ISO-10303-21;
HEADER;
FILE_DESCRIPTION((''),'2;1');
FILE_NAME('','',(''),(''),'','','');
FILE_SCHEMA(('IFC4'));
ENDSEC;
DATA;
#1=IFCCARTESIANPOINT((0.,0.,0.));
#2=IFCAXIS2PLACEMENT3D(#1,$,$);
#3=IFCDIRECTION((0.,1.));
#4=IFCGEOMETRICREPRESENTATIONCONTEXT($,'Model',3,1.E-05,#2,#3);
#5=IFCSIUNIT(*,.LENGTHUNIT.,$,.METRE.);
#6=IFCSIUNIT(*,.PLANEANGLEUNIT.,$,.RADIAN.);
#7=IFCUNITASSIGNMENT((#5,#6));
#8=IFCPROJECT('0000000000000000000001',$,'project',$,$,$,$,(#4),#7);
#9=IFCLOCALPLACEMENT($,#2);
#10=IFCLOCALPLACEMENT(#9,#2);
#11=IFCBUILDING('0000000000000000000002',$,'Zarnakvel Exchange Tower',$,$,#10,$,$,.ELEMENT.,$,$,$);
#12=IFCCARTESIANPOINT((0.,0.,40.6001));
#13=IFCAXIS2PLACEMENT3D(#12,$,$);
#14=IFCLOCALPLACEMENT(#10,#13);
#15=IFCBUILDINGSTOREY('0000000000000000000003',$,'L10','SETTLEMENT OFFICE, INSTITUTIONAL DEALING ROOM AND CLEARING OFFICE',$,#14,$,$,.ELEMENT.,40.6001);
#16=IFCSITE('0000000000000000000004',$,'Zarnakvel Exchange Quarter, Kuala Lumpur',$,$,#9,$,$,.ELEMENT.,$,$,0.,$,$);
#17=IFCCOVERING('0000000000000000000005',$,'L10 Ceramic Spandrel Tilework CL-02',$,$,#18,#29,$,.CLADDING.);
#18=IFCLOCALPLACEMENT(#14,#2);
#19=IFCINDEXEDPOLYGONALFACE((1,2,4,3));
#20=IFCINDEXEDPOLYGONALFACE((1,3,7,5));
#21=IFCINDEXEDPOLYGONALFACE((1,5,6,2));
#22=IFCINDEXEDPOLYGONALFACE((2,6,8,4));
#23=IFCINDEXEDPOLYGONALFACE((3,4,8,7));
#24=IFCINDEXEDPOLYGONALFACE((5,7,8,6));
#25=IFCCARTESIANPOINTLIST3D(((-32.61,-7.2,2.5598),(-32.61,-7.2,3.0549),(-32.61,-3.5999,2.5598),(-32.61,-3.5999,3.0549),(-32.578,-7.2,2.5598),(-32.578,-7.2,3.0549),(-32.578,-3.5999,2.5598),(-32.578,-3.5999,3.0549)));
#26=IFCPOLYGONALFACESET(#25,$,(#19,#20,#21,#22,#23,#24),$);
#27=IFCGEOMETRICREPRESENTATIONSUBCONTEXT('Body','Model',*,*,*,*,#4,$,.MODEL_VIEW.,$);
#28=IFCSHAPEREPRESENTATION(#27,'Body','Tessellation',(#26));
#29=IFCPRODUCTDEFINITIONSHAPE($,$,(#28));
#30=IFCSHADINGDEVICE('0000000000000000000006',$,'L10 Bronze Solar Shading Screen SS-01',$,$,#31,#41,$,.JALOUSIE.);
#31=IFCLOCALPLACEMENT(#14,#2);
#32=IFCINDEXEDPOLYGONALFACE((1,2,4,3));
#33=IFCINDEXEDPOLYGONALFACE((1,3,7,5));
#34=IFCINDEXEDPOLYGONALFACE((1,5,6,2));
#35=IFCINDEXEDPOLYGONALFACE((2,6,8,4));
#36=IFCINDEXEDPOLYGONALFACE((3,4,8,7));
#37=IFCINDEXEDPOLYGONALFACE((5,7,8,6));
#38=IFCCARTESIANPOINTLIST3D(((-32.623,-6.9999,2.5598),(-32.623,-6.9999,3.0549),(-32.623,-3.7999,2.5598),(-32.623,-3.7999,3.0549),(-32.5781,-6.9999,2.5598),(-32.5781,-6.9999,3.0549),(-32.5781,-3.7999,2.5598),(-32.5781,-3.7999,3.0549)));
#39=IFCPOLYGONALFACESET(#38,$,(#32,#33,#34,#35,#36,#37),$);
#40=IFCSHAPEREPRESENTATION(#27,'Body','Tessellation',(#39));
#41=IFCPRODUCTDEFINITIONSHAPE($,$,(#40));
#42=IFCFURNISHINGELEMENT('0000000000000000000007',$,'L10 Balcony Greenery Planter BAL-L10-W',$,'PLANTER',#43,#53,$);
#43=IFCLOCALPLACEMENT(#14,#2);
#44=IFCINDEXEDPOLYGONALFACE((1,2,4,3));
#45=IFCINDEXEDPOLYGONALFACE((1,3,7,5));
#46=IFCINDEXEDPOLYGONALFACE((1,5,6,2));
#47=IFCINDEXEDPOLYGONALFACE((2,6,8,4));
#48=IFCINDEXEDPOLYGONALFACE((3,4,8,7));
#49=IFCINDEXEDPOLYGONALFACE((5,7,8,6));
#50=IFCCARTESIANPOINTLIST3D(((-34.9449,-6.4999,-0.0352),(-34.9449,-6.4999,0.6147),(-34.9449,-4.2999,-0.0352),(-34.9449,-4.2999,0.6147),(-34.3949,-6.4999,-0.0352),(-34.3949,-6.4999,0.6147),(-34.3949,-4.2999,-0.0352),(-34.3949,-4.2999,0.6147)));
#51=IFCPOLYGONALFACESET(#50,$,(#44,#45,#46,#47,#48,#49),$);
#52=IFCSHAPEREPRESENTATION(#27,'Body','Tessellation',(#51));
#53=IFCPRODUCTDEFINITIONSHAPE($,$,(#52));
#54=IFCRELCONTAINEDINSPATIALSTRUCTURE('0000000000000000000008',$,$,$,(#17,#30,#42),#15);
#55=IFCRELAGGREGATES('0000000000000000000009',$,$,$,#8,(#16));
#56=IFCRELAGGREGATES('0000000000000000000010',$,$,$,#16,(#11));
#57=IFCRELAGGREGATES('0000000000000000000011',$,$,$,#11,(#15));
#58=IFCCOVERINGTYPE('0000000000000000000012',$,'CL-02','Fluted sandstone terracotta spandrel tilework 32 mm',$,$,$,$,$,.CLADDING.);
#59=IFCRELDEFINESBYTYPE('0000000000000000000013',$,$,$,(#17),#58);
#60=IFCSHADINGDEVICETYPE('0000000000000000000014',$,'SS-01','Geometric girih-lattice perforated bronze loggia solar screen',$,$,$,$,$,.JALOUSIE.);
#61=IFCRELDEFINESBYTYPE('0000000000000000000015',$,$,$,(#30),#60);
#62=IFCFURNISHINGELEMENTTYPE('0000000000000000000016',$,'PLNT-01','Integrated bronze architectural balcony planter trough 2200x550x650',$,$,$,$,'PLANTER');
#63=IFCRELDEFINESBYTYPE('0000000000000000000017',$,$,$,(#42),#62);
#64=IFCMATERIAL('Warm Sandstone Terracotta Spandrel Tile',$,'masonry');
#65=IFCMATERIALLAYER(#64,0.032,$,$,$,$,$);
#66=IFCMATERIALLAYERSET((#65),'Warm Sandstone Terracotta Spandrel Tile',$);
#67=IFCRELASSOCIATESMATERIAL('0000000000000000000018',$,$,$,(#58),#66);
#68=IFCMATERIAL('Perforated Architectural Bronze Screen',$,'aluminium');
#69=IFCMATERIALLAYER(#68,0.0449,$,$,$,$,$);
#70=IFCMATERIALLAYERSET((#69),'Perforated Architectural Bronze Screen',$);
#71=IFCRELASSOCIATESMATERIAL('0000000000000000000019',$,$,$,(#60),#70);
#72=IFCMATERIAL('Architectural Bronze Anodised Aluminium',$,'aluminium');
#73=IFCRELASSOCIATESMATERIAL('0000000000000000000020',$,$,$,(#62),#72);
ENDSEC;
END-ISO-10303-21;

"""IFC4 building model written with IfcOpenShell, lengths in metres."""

from ifc_helpers import new_model, si_unit, direction, frame, origin, origin_2d, place, context, subcontext, project, spatial, rectangle, extrude, source, transform, mapped, material, layer, layer_set, type_object, element, save


model = new_model("IFC4")

# Units and contexts
model_context = context("Model", 3, precision=1e-05, world=origin(), true_north=direction((0.0, 1.0)))
body_context = subcontext(model_context, "Body", "Model", "MODEL_VIEW")
ifc_project = project(units=[si_unit("LENGTHUNIT", "METRE"), si_unit("PLANEANGLEUNIT", "RADIAN")], contexts=[model_context])

# Site, building, storey
site_placement = place(None, origin())
site = spatial("IfcSite", under=ifc_project, at=site_placement, Name="Zarnakvel Exchange Quarter, Kuala Lumpur", CompositionType="ELEMENT", RefElevation=0.0)
building_placement = place(site_placement, origin())
building = spatial("IfcBuilding", under=site, at=building_placement, Name="Zarnakvel Exchange Tower", CompositionType="ELEMENT")
storey_placement = place(building_placement, frame((0.0, 0.0, 40.6001)))
storey = spatial("IfcBuildingStorey", under=building, at=storey_placement, Name="L10", Description="SETTLEMENT OFFICE, INSTITUTIONAL DEALING ROOM AND CLEARING OFFICE", CompositionType="ELEMENT", Elevation=40.6001)

# Shared definitions
ifc_material_1 = material(Name="Architectural Bronze Anodised Aluminium", Category="aluminium")

# Covering
ifc_material_2 = material(Name="Warm Sandstone Terracotta Spandrel Tile", Category="masonry")
ifc_layer_1 = layer(ifc_material_2, 0.032)
ifc_layer_set_1 = layer_set([ifc_layer_1], Name="Warm Sandstone Terracotta Spandrel Tile")
covering_type = type_object("IfcCoveringType", Name="CL-02", Description="Fluted sandstone terracotta spandrel tilework 32 mm", PredefinedType="CLADDING", material=ifc_layer_set_1)
shared_shape_1 = source(origin(), body_context, "Body", "SweptSolid", [
    extrude(rectangle(XDim=3.6001, YDim=0.032, at=origin_2d()), origin(), (0.0, 0.0, 1.0), 0.4951),
])
covering_placement = place(storey_placement, frame((-32.594, -5.3999, 2.5598), z_axis=(0.0, 0.0, 1.0), x_axis=(0.0, 1.0, 0.0)))
element("IfcCovering", 1, at=covering_placement, inside=storey, type_object=covering_type, Name="L10 Ceramic Spandrel Tilework CL-02", PredefinedType="CLADDING", context=body_context, shape_type="MappedRepresentation", body=[
    mapped(shared_shape_1, transform((0.0, 0.0, 0.0), x_axis=(1.0, 0.0, 0.0), y_axis=(0.0, 1.0, 0.0), z_axis=(0.0, 0.0, 1.0), scale=1.0)),
])

# Shading device
ifc_material_3 = material(Name="Perforated Architectural Bronze Screen", Category="aluminium")
ifc_layer_2 = layer(ifc_material_3, 0.0449)
ifc_layer_set_2 = layer_set([ifc_layer_2], Name="Perforated Architectural Bronze Screen")
shading_device_type = type_object("IfcShadingDeviceType", Name="SS-01", Description="Geometric girih-lattice perforated bronze loggia solar screen", PredefinedType="JALOUSIE", material=ifc_layer_set_2)
shared_shape_2 = source(origin(), body_context, "Body", "SweptSolid", [
    extrude(rectangle(XDim=3.2, YDim=0.0449, at=origin_2d()), origin(), (0.0, 0.0, 1.0), 0.4951),
])
shading_device_placement = place(storey_placement, frame((-32.6006, -5.3999, 2.5598), z_axis=(0.0, 0.0, 1.0), x_axis=(0.0, 1.0, 0.0)))
element("IfcShadingDevice", 2, at=shading_device_placement, inside=storey, type_object=shading_device_type, Name="L10 Bronze Solar Shading Screen SS-01", PredefinedType="JALOUSIE", context=body_context, shape_type="MappedRepresentation", body=[
    mapped(shared_shape_2, transform((0.0, 0.0, 0.0), x_axis=(1.0, 0.0, 0.0), y_axis=(0.0, 1.0, 0.0), z_axis=(0.0, 0.0, 1.0), scale=1.0)),
])

# Furnishing element
furnishing_element_type = type_object("IfcFurnishingElementType", Name="PLNT-01", Description="Integrated bronze architectural balcony planter trough 2200x550x650", ElementType="PLANTER", material=ifc_material_1)
shared_shape_3 = source(origin(), body_context, "Body", "SweptSolid", [
    extrude(rectangle(XDim=2.2, YDim=0.55, at=origin_2d()), origin(), (0.0, 0.0, 1.0), 0.6499),
])
furnishing_placement = place(storey_placement, frame((-34.6699, -5.3999, -0.0352), z_axis=(0.0, 0.0, 1.0), x_axis=(0.0, 1.0, 0.0)))
element("IfcFurnishingElement", 3, at=furnishing_placement, inside=storey, type_object=furnishing_element_type, Name="L10 Balcony Greenery Planter BAL-L10-W", ObjectType="PLANTER", context=body_context, shape_type="MappedRepresentation", body=[
    mapped(shared_shape_3, transform((0.0, 0.0, 0.0), x_axis=(1.0, 0.0, 0.0), y_axis=(0.0, 1.0, 0.0), z_axis=(0.0, 0.0, 1.0), scale=1.0)),
])

save(model, "model.ifc")
